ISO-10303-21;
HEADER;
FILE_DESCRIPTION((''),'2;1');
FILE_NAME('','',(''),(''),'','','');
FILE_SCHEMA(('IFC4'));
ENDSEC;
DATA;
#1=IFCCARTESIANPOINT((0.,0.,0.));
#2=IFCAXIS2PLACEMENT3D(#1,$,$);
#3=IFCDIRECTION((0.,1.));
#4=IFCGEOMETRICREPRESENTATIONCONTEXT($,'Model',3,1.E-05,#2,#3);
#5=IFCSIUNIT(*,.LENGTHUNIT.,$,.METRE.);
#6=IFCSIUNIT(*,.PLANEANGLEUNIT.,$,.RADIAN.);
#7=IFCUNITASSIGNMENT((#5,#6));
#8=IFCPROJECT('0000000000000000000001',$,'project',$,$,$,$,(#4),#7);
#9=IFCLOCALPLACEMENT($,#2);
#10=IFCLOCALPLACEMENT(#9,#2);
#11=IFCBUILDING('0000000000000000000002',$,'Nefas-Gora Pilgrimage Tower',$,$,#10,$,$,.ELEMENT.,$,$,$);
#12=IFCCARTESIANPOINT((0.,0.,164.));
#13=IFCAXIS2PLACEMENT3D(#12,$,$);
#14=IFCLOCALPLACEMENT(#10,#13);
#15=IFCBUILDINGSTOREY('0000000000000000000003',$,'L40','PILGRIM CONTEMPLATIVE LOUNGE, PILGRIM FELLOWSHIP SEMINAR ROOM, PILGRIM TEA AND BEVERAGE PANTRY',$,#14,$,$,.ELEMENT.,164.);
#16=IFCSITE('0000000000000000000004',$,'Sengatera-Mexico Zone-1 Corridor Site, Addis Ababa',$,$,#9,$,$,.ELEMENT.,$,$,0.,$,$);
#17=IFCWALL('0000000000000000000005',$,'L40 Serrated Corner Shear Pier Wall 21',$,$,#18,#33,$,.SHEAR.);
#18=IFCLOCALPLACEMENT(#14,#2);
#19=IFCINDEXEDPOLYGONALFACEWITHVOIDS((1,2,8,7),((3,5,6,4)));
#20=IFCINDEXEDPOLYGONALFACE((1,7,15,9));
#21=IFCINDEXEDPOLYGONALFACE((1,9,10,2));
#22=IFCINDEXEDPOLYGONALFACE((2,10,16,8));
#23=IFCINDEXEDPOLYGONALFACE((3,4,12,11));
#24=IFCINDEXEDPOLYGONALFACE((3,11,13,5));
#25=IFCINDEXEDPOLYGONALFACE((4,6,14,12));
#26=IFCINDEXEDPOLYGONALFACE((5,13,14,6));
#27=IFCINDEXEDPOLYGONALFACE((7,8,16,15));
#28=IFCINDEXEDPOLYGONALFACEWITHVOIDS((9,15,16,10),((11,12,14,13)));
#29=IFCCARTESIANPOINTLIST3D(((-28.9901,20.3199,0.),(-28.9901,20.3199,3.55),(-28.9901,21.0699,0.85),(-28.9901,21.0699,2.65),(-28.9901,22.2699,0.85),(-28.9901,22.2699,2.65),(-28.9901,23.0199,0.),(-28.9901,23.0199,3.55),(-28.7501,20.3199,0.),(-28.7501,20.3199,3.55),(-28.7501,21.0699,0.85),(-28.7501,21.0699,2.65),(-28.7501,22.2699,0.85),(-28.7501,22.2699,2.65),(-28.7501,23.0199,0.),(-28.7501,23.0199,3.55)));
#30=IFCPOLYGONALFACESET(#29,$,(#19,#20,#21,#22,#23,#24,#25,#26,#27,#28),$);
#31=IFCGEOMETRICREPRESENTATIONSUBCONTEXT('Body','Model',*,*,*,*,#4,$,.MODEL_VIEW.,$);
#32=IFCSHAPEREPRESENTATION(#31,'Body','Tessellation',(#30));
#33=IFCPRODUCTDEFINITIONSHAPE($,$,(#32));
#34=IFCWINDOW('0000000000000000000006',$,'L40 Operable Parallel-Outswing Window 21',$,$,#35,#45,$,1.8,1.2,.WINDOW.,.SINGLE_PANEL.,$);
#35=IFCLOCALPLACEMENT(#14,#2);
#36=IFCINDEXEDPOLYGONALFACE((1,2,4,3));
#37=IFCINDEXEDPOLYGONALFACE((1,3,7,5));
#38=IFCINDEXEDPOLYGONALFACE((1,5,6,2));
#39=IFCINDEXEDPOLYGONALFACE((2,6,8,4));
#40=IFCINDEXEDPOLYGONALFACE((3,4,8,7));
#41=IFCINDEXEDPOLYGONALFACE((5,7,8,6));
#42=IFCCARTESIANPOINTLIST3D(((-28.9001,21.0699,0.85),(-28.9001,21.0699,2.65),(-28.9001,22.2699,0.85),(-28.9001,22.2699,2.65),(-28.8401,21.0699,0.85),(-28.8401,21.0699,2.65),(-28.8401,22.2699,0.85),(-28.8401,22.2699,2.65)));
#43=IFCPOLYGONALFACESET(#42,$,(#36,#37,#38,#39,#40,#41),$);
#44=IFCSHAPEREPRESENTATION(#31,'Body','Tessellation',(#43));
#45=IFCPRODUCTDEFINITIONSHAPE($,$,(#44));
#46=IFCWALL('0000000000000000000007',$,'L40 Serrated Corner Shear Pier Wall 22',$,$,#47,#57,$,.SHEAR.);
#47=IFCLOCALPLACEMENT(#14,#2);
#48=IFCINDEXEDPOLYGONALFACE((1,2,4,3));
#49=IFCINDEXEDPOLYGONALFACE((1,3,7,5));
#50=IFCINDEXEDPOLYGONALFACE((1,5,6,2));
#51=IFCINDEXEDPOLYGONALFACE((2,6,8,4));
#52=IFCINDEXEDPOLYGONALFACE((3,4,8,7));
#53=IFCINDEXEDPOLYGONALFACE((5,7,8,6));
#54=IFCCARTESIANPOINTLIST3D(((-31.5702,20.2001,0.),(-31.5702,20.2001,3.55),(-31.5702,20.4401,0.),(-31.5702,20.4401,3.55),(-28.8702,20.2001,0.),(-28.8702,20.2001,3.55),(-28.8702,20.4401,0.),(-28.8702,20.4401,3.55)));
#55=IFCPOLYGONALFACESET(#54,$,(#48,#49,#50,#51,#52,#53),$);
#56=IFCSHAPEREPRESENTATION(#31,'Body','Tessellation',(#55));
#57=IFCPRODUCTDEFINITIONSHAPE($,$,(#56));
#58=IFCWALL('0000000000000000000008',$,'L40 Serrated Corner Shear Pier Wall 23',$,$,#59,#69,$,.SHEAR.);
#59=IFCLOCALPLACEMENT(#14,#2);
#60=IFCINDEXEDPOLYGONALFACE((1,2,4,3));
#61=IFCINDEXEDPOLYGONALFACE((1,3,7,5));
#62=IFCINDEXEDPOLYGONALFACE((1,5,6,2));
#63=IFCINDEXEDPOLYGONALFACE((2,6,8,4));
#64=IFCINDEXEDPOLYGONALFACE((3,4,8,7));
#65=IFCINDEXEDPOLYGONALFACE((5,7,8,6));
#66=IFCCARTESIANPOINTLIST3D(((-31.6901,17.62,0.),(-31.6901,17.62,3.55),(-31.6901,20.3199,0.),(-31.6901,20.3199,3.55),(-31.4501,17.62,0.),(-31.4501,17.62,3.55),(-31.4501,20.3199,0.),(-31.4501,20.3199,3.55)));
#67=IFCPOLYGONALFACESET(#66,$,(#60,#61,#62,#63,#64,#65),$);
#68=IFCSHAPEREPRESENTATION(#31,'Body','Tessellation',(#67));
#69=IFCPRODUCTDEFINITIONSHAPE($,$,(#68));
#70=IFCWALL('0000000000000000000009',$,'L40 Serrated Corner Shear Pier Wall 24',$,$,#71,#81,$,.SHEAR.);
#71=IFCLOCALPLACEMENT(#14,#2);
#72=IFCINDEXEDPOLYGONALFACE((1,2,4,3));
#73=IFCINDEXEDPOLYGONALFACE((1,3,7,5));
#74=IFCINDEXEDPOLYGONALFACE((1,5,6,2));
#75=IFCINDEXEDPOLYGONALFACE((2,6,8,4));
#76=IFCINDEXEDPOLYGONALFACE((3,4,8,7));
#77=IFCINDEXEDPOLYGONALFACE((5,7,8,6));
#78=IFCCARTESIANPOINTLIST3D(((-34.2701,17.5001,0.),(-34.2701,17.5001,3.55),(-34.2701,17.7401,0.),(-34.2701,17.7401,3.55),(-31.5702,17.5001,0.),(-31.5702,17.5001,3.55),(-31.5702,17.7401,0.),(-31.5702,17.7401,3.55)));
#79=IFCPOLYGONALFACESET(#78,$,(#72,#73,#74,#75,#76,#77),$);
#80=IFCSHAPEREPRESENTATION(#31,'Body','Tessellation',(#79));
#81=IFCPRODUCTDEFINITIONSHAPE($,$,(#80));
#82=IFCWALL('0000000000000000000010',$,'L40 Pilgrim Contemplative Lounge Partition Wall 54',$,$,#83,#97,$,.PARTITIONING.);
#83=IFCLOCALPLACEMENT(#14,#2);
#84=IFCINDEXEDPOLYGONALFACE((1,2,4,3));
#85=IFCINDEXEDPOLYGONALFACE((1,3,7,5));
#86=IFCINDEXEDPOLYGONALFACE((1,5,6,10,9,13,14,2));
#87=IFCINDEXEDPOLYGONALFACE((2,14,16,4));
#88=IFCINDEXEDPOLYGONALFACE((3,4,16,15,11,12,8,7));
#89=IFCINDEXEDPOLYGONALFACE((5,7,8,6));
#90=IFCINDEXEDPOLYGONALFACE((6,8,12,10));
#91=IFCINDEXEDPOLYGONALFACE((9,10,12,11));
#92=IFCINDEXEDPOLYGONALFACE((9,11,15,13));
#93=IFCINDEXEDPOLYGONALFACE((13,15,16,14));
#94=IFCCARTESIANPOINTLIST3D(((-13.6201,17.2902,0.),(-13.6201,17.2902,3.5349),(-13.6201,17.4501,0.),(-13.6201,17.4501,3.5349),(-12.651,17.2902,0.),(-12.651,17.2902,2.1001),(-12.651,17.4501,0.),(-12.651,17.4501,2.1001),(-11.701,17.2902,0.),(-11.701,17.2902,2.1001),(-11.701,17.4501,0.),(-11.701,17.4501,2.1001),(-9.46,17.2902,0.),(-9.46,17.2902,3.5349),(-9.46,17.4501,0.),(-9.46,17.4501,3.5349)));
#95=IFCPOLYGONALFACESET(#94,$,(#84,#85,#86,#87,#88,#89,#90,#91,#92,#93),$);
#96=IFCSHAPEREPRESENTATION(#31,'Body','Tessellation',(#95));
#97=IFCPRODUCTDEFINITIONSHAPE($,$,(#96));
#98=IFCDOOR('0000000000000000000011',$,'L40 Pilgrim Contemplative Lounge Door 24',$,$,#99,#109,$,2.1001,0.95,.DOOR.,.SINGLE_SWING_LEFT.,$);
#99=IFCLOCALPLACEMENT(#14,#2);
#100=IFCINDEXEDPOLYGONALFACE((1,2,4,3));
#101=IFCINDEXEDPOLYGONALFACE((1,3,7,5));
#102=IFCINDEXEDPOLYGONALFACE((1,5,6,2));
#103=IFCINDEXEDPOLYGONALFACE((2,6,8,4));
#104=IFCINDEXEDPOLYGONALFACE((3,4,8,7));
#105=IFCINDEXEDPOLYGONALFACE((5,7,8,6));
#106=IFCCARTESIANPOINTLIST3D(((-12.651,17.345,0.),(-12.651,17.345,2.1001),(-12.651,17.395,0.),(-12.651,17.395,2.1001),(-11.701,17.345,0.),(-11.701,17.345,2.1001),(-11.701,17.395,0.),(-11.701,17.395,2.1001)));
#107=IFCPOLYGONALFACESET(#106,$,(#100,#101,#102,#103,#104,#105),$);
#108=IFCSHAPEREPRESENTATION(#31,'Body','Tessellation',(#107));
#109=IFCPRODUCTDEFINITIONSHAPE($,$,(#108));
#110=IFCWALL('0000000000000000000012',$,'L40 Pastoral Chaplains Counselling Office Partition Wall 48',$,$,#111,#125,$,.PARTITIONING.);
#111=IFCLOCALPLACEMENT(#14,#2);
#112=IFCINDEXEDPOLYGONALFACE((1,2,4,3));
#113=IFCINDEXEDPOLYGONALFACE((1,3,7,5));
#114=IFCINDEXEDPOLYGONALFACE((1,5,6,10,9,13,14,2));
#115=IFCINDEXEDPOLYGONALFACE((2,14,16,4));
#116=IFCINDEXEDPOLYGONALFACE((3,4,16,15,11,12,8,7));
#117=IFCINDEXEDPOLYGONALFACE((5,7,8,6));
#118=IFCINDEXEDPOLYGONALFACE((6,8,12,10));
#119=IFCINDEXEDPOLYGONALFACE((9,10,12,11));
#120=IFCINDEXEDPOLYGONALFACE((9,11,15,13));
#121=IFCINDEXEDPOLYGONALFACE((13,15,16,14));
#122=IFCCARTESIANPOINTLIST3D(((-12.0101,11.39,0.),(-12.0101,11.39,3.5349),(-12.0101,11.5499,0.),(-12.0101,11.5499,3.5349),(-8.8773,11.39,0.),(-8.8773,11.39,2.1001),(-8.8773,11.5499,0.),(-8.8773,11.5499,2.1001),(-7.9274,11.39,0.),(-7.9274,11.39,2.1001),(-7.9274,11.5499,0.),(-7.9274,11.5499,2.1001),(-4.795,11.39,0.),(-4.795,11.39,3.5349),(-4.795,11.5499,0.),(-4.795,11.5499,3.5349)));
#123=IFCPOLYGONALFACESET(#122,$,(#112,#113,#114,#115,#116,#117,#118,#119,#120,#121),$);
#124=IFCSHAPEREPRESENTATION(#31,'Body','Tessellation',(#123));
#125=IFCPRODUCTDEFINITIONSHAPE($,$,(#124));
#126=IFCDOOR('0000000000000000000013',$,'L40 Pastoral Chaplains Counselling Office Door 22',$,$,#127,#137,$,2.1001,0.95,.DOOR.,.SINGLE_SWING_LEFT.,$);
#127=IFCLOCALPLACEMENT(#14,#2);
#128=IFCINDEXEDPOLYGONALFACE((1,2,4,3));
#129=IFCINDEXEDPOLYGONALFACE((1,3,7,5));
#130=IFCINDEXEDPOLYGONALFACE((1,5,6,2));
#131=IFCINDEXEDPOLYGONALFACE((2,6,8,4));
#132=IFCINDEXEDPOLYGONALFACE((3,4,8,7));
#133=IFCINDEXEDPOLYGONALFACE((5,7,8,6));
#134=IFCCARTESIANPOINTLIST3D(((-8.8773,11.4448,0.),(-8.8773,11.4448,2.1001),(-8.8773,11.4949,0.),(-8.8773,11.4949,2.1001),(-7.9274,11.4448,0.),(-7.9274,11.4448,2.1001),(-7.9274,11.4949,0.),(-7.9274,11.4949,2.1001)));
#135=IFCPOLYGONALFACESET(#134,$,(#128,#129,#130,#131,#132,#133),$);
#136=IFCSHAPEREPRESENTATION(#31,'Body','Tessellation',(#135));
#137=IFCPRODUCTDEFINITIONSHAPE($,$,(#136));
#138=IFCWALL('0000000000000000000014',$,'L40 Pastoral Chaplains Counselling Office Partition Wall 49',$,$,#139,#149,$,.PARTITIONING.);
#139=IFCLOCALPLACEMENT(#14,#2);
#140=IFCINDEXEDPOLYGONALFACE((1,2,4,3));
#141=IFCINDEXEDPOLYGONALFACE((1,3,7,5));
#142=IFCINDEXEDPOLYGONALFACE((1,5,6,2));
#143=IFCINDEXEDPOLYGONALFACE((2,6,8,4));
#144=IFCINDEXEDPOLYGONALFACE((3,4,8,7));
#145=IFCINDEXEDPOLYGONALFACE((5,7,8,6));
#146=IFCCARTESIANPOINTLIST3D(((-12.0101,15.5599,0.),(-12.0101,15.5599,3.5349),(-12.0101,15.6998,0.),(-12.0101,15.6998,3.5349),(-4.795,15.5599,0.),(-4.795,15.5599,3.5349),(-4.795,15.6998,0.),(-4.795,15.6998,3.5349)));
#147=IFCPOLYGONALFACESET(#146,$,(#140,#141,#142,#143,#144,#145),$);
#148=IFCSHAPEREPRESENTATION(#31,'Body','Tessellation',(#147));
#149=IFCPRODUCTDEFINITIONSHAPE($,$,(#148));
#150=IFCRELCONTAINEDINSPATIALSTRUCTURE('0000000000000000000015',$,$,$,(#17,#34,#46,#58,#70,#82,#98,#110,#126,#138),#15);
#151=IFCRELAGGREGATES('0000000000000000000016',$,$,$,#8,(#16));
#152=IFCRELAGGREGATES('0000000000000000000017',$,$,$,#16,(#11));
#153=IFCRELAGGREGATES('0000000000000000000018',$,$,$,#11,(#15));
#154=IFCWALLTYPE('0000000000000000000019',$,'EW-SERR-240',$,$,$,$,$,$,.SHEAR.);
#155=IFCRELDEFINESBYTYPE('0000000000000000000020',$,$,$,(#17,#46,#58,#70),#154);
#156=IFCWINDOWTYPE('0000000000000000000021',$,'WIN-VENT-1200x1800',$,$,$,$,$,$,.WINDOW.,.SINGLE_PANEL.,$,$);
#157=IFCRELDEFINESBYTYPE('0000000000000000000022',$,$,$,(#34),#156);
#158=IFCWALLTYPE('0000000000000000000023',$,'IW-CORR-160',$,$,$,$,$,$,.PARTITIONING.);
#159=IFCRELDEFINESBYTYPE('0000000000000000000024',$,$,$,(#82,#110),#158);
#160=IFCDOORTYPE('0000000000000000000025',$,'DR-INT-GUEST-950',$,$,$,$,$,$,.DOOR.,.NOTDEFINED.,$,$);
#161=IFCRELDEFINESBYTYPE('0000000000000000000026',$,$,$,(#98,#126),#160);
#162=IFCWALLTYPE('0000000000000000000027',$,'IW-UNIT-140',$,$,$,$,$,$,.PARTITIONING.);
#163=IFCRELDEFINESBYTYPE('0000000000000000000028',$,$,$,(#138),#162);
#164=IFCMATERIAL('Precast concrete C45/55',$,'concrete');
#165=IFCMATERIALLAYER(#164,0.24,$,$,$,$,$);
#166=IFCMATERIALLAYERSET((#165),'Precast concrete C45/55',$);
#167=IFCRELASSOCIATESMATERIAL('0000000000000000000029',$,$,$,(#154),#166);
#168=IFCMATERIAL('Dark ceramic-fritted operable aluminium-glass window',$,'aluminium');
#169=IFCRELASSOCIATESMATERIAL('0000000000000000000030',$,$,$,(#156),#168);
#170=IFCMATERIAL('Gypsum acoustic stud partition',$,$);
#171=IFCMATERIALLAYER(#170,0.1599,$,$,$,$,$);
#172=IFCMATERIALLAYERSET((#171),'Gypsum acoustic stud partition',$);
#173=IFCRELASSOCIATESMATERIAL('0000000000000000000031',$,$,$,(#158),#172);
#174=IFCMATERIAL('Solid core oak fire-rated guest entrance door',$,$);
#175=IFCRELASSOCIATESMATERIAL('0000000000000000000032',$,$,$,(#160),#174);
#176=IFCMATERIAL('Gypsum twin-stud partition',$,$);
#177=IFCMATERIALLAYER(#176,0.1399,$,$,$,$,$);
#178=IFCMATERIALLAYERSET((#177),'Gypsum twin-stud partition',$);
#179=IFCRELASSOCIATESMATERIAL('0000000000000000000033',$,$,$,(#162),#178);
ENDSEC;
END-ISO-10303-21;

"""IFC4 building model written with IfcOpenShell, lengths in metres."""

from ifc_helpers import new_model, si_unit, direction, frame, frame_2d, origin, place, context, subcontext, project, spatial, rectangle, extrude, source, transform, mapped, material, layer, layer_set, type_object, element, fill, save


model = new_model("IFC4")

# Units and contexts
model_context = context("Model", 3, precision=1e-05, world=origin(), true_north=direction((0.0, 1.0)))
body_context = subcontext(model_context, "Body", "Model", "MODEL_VIEW")
ifc_project = project(units=[si_unit("LENGTHUNIT", "METRE"), si_unit("PLANEANGLEUNIT", "RADIAN")], contexts=[model_context])

# Site, building, storey
site_placement = place(None, origin())
site = spatial("IfcSite", under=ifc_project, at=site_placement, Name="Sengatera-Mexico Zone-1 Corridor Site, Addis Ababa", CompositionType="ELEMENT", RefElevation=0.0)
building_placement = place(site_placement, origin())
building = spatial("IfcBuilding", under=site, at=building_placement, Name="Nefas-Gora Pilgrimage Tower", CompositionType="ELEMENT")
storey_placement = place(building_placement, frame((0.0, 0.0, 164.0)))
storey = spatial("IfcBuildingStorey", under=building, at=storey_placement, Name="L40", Description="PILGRIM CONTEMPLATIVE LOUNGE, PILGRIM FELLOWSHIP SEMINAR ROOM, PILGRIM TEA AND BEVERAGE PANTRY", CompositionType="ELEMENT", Elevation=164.0)

# Wall, opening, window
ifc_material_1 = material(Name="Precast concrete C45/55", Category="concrete")
ifc_layer_1 = layer(ifc_material_1, 0.24)
ifc_layer_set_1 = layer_set([ifc_layer_1], Name="Precast concrete C45/55")
wall_type_1 = type_object("IfcWallType", Name="EW-SERR-240", PredefinedType="SHEAR", material=ifc_layer_set_1)
shared_shape_1 = source(origin(), body_context, "Body", "SweptSolid", [
    extrude(rectangle(XDim=2.7, YDim=0.24, at=frame_2d((1.3501, 0.0))), origin(), (0.0, 0.0, 1.0), 3.55),
])
wall_1_placement = place(storey_placement, frame((-28.8701, 23.02, 0.0), z_axis=(0.0, 0.0, 1.0), x_axis=(0.0, -1.0, 0.0)))
wall_1 = element("IfcWall", 1, at=wall_1_placement, inside=storey, type_object=wall_type_1, Name="L40 Serrated Corner Shear Pier Wall 21", PredefinedType="SHEAR", context=body_context, shape_type="MappedRepresentation", body=[
    mapped(shared_shape_1, transform((0.0, 0.0, 0.0), x_axis=(1.0, 0.0, 0.0), y_axis=(0.0, 1.0, 0.0), z_axis=(0.0, 0.0, 1.0), scale=1.0)),
])
opening_1_placement = place(wall_1_placement, frame((0.75, 0.0, 0.8501)))
opening_1 = element("IfcOpeningElement", 2, at=opening_1_placement, cuts=wall_1, PredefinedType="OPENING", context=body_context, shape_type="SweptSolid", body=[
    extrude(rectangle(XDim=1.2, YDim=1.8, at=frame_2d((0.6001, 0.8999))), frame((0.0, 0.1299, 0.0), z_axis=(0.0, -1.0, 0.0), x_axis=(1.0, 0.0, 0.0)), (0.0, 0.0, 1.0), 0.26),
])
ifc_material_2 = material(Name="Dark ceramic-fritted operable aluminium-glass window", Category="aluminium")
window_type = type_object("IfcWindowType", Name="WIN-VENT-1200x1800", PartitioningType="SINGLE_PANEL", PredefinedType="WINDOW", material=ifc_material_2)
shared_shape_2 = source(origin(), body_context, "Body", "SweptSolid", [
    extrude(rectangle(XDim=1.2, YDim=1.8, at=frame_2d((0.6001, 0.8999))), frame((0.0, 0.03, 0.0), z_axis=(0.0, -1.0, 0.0), x_axis=(1.0, 0.0, 0.0)), (0.0, 0.0, 1.0), 0.0601),
])
window_placement = place(opening_1_placement, origin())
window = element("IfcWindow", 3, at=window_placement, inside=storey, type_object=window_type, Name="L40 Operable Parallel-Outswing Window 21", OverallHeight=1.8, OverallWidth=1.2, PartitioningType="SINGLE_PANEL", PredefinedType="WINDOW", context=body_context, shape_type="MappedRepresentation", body=[
    mapped(shared_shape_2, transform((0.0, 0.0, 0.0), x_axis=(1.0, 0.0, 0.0), y_axis=(0.0, 1.0, 0.0), z_axis=(0.0, 0.0, 1.0), scale=1.0)),
])
fill(opening_1, window)

# Walls
for number, where, z_axis, x_axis, name in (
    (4, (-28.8701, 20.3201, 0.0), (0.0, 0.0, 1.0), (-1.0, 0.0, 0.0), "L40 Serrated Corner Shear Pier Wall 22"),
    (5, (-31.5701, 20.3201, 0.0), (0.0, 0.0, 1.0), (0.0, -1.0, 0.0), "L40 Serrated Corner Shear Pier Wall 23"),
    (6, (-31.5701, 17.6201, 0.0), (0.0, 0.0, 1.0), (-1.0, 0.0, 0.0), "L40 Serrated Corner Shear Pier Wall 24"),
):
    element("IfcWall", number, at=place(storey_placement, frame(where, z_axis=z_axis, x_axis=x_axis)), inside=storey, type_object=wall_type_1, Name=name, PredefinedType="SHEAR", context=body_context, shape_type="MappedRepresentation", body=[
        mapped(shared_shape_1, transform((0.0, 0.0, 0.0), x_axis=(1.0, 0.0, 0.0), y_axis=(0.0, 1.0, 0.0), z_axis=(0.0, 0.0, 1.0), scale=1.0)),
    ])

# Walls, openings, doors
ifc_material_3 = material(Name="Gypsum acoustic stud partition")
ifc_layer_2 = layer(ifc_material_3, 0.1599)
ifc_layer_set_2 = layer_set([ifc_layer_2], Name="Gypsum acoustic stud partition")
wall_type_2 = type_object("IfcWallType", Name="IW-CORR-160", PredefinedType="PARTITIONING", material=ifc_layer_set_2)
shared_shape_3 = source(origin(), body_context, "Body", "SweptSolid", [
    extrude(rectangle(XDim=4.1602, YDim=0.1599, at=frame_2d((2.0801, 0.0))), origin(), (0.0, 0.0, 1.0), 3.5349),
])
wall_2_placement = place(storey_placement, frame((-13.6201, 17.3701, 0.0), z_axis=(0.0, 0.0, 1.0), x_axis=(1.0, 0.0, 0.0)))
wall_2 = element("IfcWall", 7, at=wall_2_placement, inside=storey, type_object=wall_type_2, Name="L40 Pilgrim Contemplative Lounge Partition Wall 54", PredefinedType="PARTITIONING", context=body_context, shape_type="MappedRepresentation", body=[
    mapped(shared_shape_3, transform((0.0, 0.0, 0.0), x_axis=(1.0, 0.0, 0.0), y_axis=(0.0, 1.0, 0.0), z_axis=(0.0, 0.0, 1.0), scale=1.0)),
])
opening_2_placement = place(wall_2_placement, frame((0.969, 0.0, 0.0)))
opening_2 = element("IfcOpeningElement", 8, at=opening_2_placement, cuts=wall_2, PredefinedType="OPENING", context=body_context, shape_type="SweptSolid", body=[
    extrude(rectangle(XDim=0.95, YDim=2.1001, at=frame_2d((0.4751, 1.05))), frame((0.0, 0.0898, 0.0), z_axis=(0.0, -1.0, 0.0), x_axis=(1.0, 0.0, 0.0)), (0.0, 0.0, 1.0), 0.1799),
])
ifc_material_4 = material(Name="Solid core oak fire-rated guest entrance door")
door_type = type_object("IfcDoorType", Name="DR-INT-GUEST-950", OperationType="NOTDEFINED", PredefinedType="DOOR", material=ifc_material_4)
shared_shape_4 = source(origin(), body_context, "Body", "SweptSolid", [
    extrude(rectangle(XDim=0.95, YDim=2.1001, at=frame_2d((0.4751, 1.05))), frame((0.0, 0.0249, 0.0), z_axis=(0.0, -1.0, 0.0), x_axis=(1.0, 0.0, 0.0)), (0.0, 0.0, 1.0), 0.05),
])
door_1_placement = place(opening_2_placement, origin())
door_1 = element("IfcDoor", 9, at=door_1_placement, inside=storey, type_object=door_type, Name="L40 Pilgrim Contemplative Lounge Door 24", OperationType="SINGLE_SWING_LEFT", OverallHeight=2.1001, OverallWidth=0.95, PredefinedType="DOOR", context=body_context, shape_type="MappedRepresentation", body=[
    mapped(shared_shape_4, transform((0.0, 0.0, 0.0), x_axis=(1.0, 0.0, 0.0), y_axis=(0.0, 1.0, 0.0), z_axis=(0.0, 0.0, 1.0), scale=1.0)),
])
fill(opening_2, door_1)
shared_shape_5 = source(origin(), body_context, "Body", "SweptSolid", [
    extrude(rectangle(XDim=7.2151, YDim=0.1599, at=frame_2d((3.6074, 0.0))), origin(), (0.0, 0.0, 1.0), 3.5349),
])
wall_3_placement = place(storey_placement, frame((-12.01, 11.47, 0.0), z_axis=(0.0, 0.0, 1.0), x_axis=(1.0, 0.0, 0.0)))
wall_3 = element("IfcWall", 10, at=wall_3_placement, inside=storey, type_object=wall_type_2, Name="L40 Pastoral Chaplains Counselling Office Partition Wall 48", PredefinedType="PARTITIONING", context=body_context, shape_type="MappedRepresentation", body=[
    mapped(shared_shape_5, transform((0.0, 0.0, 0.0), x_axis=(1.0, 0.0, 0.0), y_axis=(0.0, 1.0, 0.0), z_axis=(0.0, 0.0, 1.0), scale=1.0)),
])
opening_3_placement = place(wall_3_placement, frame((3.1326, 0.0, 0.0)))
opening_3 = element("IfcOpeningElement", 11, at=opening_3_placement, cuts=wall_3, PredefinedType="OPENING", context=body_context, shape_type="SweptSolid", body=[
    extrude(rectangle(XDim=0.95, YDim=2.1001, at=frame_2d((0.4751, 1.05))), frame((0.0, 0.0898, 0.0), z_axis=(0.0, -1.0, 0.0), x_axis=(1.0, 0.0, 0.0)), (0.0, 0.0, 1.0), 0.1799),
])
door_2_placement = place(opening_3_placement, origin())
door_2 = element("IfcDoor", 12, at=door_2_placement, inside=storey, type_object=door_type, Name="L40 Pastoral Chaplains Counselling Office Door 22", OperationType="SINGLE_SWING_LEFT", OverallHeight=2.1001, OverallWidth=0.95, PredefinedType="DOOR", context=body_context, shape_type="MappedRepresentation", body=[
    mapped(shared_shape_4, transform((0.0, 0.0, 0.0), x_axis=(1.0, 0.0, 0.0), y_axis=(0.0, 1.0, 0.0), z_axis=(0.0, 0.0, 1.0), scale=1.0)),
])
fill(opening_3, door_2)

# Wall
ifc_material_5 = material(Name="Gypsum twin-stud partition")
ifc_layer_3 = layer(ifc_material_5, 0.1399)
ifc_layer_set_3 = layer_set([ifc_layer_3], Name="Gypsum twin-stud partition")
wall_type_3 = type_object("IfcWallType", Name="IW-UNIT-140", PredefinedType="PARTITIONING", material=ifc_layer_set_3)
shared_shape_6 = source(origin(), body_context, "Body", "SweptSolid", [
    extrude(rectangle(XDim=7.2151, YDim=0.1399, at=frame_2d((3.6074, 0.0))), origin(), (0.0, 0.0, 1.0), 3.5349),
])
wall_4_placement = place(storey_placement, frame((-12.01, 15.6299, 0.0), z_axis=(0.0, 0.0, 1.0), x_axis=(1.0, 0.0, 0.0)))
element("IfcWall", 13, at=wall_4_placement, inside=storey, type_object=wall_type_3, Name="L40 Pastoral Chaplains Counselling Office Partition Wall 49", PredefinedType="PARTITIONING", context=body_context, shape_type="MappedRepresentation", body=[
    mapped(shared_shape_6, transform((0.0, 0.0, 0.0), x_axis=(1.0, 0.0, 0.0), y_axis=(0.0, 1.0, 0.0), z_axis=(0.0, 0.0, 1.0), scale=1.0)),
])

save(model, "model.ifc")
